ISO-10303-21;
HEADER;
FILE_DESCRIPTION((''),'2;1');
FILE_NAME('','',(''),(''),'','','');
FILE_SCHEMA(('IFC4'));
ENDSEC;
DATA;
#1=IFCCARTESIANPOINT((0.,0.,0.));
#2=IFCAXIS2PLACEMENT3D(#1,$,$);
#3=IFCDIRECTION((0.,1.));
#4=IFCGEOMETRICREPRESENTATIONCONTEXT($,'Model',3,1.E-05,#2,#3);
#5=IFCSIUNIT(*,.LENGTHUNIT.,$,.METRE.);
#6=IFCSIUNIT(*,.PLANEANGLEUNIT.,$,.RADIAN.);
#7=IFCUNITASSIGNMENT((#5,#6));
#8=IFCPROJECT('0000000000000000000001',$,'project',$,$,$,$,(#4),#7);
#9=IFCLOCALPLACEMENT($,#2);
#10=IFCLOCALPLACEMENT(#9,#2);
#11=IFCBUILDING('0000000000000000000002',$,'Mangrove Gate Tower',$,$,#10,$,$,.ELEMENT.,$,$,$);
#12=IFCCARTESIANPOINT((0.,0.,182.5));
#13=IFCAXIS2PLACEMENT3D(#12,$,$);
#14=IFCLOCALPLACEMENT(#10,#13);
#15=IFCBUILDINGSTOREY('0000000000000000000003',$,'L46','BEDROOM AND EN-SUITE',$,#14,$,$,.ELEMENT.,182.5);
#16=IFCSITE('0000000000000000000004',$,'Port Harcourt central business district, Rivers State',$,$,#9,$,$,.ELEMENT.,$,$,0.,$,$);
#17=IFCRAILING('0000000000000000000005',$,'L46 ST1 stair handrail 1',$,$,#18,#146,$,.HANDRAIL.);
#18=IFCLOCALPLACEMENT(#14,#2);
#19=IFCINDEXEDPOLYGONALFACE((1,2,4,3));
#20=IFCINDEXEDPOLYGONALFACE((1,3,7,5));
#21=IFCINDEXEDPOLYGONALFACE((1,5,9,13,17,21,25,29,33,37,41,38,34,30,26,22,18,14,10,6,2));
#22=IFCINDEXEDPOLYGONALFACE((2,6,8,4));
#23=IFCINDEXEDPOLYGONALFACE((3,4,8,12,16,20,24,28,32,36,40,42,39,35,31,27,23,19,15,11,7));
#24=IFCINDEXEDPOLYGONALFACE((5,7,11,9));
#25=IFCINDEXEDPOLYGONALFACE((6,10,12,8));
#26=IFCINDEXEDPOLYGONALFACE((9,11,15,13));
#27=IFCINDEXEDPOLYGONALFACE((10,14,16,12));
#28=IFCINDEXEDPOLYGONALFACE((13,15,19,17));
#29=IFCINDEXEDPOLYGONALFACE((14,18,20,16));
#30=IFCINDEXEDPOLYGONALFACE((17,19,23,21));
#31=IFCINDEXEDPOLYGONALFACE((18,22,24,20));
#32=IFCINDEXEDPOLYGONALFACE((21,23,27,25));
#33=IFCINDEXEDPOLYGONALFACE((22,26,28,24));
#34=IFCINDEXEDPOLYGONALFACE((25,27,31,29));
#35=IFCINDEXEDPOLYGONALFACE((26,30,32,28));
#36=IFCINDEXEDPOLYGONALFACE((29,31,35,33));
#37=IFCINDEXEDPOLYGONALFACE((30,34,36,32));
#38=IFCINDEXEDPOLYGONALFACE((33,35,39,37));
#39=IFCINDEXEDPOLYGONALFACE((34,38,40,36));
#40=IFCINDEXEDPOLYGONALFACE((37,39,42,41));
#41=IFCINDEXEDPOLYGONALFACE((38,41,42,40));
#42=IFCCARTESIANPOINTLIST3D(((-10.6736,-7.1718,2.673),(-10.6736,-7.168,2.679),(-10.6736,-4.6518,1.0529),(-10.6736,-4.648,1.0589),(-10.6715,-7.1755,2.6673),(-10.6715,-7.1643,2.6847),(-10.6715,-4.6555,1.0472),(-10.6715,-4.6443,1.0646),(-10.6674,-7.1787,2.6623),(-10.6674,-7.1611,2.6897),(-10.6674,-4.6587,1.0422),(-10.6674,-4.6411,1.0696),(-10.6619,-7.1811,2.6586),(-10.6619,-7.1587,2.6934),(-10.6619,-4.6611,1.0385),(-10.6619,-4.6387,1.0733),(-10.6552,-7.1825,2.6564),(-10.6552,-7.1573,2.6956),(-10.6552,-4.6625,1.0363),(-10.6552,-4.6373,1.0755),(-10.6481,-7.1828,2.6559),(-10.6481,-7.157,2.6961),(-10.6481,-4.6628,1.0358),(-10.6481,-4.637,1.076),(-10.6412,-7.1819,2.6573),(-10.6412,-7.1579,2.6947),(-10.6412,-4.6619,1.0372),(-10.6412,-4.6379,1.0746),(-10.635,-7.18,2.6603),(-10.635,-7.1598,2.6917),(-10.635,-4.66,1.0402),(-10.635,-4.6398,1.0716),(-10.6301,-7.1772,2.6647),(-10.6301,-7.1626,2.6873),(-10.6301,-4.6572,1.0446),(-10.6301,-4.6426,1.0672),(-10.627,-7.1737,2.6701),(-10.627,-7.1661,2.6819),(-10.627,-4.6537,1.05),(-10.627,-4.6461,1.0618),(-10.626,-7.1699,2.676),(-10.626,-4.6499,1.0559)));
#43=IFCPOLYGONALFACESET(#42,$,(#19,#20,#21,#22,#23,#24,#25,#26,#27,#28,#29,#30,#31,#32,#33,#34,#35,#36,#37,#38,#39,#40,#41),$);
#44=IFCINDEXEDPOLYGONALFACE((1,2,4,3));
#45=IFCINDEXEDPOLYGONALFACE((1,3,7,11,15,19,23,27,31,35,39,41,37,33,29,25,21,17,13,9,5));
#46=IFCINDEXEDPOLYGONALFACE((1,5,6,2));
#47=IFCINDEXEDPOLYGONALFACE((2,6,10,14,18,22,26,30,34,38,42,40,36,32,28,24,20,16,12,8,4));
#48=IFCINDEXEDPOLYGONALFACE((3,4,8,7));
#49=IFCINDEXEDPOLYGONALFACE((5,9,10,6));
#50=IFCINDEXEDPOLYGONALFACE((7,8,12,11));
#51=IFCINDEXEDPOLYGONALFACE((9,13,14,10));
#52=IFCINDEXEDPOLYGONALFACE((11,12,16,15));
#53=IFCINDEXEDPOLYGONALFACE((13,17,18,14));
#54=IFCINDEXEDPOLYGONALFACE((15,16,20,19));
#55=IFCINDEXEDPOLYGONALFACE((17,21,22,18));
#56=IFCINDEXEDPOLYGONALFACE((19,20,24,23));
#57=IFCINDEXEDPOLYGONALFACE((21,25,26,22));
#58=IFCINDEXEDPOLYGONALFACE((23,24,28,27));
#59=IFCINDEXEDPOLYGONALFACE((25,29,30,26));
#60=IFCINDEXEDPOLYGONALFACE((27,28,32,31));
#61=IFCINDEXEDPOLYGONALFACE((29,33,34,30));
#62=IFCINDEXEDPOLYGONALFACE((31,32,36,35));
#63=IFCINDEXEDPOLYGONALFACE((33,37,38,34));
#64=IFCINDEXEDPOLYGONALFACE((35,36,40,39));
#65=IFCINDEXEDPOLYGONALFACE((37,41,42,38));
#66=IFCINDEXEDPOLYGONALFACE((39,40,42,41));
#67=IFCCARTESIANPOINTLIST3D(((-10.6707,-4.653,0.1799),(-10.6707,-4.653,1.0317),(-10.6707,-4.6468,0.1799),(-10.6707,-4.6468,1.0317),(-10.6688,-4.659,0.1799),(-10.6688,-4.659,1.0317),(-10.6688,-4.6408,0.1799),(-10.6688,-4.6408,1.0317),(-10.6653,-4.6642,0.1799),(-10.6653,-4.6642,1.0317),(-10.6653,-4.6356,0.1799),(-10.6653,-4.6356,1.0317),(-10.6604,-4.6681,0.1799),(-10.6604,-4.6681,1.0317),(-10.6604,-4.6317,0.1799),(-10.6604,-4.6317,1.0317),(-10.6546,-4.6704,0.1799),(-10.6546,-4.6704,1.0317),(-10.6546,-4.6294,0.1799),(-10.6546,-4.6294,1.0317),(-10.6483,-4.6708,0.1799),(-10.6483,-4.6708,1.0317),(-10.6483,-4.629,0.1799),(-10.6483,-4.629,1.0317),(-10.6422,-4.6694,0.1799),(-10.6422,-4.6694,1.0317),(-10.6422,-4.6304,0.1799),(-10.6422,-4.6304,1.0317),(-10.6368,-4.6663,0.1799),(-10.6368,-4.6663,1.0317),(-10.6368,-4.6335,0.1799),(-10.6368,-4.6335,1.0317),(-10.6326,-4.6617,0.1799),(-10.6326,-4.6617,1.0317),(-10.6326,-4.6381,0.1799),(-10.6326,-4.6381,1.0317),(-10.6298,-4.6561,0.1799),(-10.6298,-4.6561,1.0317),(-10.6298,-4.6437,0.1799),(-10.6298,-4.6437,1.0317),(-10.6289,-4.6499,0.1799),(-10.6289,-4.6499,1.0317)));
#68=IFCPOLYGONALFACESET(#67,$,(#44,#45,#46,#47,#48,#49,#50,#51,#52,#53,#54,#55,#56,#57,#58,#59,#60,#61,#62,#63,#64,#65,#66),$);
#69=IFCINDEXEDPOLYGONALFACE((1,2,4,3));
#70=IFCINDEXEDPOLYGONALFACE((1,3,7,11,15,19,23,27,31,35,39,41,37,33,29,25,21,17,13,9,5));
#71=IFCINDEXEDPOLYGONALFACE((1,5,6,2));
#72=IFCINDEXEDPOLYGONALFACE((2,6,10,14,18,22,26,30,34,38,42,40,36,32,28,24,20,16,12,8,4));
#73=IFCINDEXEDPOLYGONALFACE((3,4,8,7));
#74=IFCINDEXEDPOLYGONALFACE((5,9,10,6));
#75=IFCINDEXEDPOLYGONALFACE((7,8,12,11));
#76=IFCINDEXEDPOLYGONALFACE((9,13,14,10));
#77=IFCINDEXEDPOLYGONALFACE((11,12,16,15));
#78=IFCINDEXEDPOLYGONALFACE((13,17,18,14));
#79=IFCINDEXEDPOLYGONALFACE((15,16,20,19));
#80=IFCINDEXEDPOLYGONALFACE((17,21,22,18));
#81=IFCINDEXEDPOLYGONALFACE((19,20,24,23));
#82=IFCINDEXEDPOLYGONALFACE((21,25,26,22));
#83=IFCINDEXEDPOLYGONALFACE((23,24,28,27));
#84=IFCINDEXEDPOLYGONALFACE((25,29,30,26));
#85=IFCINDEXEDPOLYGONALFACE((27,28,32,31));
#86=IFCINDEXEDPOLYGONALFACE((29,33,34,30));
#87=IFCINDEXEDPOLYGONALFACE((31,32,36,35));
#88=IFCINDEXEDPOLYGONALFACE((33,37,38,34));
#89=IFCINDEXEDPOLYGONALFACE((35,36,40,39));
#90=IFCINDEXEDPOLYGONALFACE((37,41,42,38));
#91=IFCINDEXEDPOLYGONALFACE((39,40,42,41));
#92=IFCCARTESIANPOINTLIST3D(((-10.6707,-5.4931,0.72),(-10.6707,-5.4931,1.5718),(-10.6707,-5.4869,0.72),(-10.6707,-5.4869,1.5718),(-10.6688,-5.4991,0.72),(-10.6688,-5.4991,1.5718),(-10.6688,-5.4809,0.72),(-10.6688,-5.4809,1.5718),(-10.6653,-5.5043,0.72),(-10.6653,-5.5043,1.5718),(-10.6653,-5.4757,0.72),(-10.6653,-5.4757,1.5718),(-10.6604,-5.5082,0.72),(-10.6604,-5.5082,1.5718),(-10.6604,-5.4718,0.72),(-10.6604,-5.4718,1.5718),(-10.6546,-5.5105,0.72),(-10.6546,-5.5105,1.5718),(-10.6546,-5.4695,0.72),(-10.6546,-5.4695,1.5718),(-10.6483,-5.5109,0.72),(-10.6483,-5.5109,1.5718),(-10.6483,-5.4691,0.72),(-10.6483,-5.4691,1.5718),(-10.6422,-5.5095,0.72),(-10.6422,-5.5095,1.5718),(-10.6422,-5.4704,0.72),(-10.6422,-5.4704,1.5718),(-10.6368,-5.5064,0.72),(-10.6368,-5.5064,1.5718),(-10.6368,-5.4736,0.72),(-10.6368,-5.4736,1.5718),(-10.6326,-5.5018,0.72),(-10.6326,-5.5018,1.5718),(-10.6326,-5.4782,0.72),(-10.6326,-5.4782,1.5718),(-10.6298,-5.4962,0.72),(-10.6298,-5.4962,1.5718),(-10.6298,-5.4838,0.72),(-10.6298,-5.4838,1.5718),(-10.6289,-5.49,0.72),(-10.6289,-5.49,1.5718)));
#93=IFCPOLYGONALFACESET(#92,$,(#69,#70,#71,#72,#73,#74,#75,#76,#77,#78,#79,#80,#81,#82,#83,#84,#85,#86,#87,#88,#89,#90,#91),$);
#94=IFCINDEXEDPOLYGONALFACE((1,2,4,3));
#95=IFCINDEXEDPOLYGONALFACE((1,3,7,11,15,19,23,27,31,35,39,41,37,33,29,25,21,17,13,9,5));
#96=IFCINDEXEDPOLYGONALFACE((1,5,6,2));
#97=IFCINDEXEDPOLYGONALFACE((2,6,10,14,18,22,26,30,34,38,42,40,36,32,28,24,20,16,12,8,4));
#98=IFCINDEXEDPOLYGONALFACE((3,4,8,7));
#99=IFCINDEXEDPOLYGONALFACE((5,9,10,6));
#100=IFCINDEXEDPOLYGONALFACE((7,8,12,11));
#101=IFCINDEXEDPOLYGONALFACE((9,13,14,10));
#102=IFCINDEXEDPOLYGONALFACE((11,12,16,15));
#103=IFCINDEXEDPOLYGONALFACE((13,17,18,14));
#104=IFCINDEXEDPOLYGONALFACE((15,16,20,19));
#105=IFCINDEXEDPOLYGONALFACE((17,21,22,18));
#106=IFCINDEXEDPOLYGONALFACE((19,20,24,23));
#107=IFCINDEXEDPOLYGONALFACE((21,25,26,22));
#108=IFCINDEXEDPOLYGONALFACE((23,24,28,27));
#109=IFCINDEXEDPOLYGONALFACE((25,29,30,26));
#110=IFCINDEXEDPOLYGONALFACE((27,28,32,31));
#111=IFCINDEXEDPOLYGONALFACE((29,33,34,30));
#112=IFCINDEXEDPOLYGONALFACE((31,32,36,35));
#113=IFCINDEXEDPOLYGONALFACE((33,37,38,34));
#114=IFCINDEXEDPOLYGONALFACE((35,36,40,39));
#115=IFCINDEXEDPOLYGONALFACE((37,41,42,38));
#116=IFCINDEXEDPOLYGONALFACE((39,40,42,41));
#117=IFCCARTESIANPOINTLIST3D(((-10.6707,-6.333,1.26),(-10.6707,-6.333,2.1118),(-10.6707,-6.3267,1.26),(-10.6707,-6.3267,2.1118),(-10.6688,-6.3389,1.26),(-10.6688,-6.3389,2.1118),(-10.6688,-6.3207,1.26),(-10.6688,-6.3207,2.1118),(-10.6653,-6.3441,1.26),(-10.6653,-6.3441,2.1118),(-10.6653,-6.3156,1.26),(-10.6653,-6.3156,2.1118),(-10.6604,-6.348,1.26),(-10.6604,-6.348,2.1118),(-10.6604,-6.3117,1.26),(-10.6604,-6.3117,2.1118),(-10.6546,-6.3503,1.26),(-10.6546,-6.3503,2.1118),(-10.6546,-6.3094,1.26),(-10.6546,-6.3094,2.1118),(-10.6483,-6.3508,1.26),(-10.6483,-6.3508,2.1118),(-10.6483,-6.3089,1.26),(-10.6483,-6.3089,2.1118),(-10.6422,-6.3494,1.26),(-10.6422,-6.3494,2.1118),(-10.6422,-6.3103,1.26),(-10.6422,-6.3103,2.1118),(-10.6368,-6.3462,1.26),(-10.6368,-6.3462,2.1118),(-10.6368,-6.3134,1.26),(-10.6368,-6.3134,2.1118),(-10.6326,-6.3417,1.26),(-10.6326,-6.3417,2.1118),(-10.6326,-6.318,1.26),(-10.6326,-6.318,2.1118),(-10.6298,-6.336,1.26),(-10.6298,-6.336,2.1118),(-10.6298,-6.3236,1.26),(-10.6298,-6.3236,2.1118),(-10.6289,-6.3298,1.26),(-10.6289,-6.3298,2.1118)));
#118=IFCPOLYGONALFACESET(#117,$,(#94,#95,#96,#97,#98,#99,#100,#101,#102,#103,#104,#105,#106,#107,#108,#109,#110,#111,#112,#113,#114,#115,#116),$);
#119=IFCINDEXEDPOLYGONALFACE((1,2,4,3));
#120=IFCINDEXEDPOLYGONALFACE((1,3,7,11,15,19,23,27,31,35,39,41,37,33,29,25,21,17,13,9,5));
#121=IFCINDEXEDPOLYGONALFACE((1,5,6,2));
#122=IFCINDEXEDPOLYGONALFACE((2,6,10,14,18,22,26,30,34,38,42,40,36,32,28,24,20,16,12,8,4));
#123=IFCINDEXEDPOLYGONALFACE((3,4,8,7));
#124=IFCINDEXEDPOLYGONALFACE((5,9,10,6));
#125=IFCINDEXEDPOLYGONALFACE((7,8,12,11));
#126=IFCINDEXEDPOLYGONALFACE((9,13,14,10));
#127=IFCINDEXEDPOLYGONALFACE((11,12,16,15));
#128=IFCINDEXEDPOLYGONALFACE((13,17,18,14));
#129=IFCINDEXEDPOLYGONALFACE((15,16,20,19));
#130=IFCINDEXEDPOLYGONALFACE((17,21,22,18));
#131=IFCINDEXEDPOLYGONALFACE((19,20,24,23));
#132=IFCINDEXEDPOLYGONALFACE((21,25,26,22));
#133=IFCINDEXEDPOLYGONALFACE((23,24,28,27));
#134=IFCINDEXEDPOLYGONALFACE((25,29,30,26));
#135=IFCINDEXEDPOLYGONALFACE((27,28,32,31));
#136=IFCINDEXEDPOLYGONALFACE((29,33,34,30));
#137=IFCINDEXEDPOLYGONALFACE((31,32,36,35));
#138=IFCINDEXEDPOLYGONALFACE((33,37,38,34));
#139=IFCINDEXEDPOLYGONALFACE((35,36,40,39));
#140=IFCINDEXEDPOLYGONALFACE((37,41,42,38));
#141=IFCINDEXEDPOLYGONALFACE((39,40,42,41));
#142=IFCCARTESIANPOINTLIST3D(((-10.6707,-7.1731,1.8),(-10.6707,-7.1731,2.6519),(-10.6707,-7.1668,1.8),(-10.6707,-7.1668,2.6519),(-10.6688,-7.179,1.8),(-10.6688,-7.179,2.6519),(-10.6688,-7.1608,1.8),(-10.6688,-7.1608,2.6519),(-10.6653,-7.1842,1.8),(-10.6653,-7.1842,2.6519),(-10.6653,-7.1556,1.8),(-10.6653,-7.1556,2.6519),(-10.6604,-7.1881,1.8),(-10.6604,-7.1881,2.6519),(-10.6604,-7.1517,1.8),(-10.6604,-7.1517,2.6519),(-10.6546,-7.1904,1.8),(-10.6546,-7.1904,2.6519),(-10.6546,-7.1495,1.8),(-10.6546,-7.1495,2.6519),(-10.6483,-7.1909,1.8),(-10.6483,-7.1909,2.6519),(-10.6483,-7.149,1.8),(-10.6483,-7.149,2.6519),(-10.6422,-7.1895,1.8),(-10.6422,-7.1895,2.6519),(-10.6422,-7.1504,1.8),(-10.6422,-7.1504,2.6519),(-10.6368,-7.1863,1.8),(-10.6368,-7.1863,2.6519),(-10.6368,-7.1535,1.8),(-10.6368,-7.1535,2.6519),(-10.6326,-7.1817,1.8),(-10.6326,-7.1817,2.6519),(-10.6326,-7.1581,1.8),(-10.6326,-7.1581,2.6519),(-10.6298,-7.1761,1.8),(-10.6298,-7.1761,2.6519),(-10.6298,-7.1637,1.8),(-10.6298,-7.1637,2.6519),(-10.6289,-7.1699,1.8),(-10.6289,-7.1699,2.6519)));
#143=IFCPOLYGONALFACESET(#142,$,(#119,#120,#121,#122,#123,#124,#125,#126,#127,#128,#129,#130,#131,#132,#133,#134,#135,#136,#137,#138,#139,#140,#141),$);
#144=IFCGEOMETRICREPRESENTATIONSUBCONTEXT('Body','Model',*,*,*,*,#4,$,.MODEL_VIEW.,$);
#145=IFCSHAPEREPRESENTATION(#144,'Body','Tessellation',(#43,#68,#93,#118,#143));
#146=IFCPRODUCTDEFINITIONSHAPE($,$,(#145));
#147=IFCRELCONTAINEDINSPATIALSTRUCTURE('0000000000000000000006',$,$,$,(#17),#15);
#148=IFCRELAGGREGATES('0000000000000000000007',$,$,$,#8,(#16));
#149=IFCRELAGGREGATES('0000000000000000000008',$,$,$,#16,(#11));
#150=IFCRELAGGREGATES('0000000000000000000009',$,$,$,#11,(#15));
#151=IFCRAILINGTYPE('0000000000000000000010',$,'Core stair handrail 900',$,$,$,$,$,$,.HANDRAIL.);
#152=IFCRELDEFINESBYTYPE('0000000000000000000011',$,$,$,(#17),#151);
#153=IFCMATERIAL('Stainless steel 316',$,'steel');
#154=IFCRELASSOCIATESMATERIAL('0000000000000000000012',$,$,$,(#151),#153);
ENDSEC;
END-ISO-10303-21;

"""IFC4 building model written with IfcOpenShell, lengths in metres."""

from ifc_helpers import new_model, si_unit, direction, frame, origin, origin_2d, place, context, subcontext, project, spatial, circle, extrude, material, type_object, element, save


model = new_model("IFC4")

# Units and contexts
model_context = context("Model", 3, precision=1e-05, world=origin(), true_north=direction((0.0, 1.0)))
body_context = subcontext(model_context, "Body", "Model", "MODEL_VIEW")
ifc_project = project(units=[si_unit("LENGTHUNIT", "METRE"), si_unit("PLANEANGLEUNIT", "RADIAN")], contexts=[model_context])

# Site, building, storey
site_placement = place(None, origin())
site = spatial("IfcSite", under=ifc_project, at=site_placement, Name="Port Harcourt central business district, Rivers State", CompositionType="ELEMENT", RefElevation=0.0)
building_placement = place(site_placement, origin())
building = spatial("IfcBuilding", under=site, at=building_placement, Name="Mangrove Gate Tower", CompositionType="ELEMENT")
storey_placement = place(building_placement, frame((0.0, 0.0, 182.5)))
storey = spatial("IfcBuildingStorey", under=building, at=storey_placement, Name="L46", Description="BEDROOM AND EN-SUITE", CompositionType="ELEMENT", Elevation=182.5)

# Railing
ifc_material_1 = material(Name="Stainless steel 316", Category="steel")
railing_type_1 = type_object("IfcRailingType", Name="Core stair handrail 900", PredefinedType="HANDRAIL", material=ifc_material_1)
railing_1_placement = place(storey_placement, frame((-10.6499, -4.6499, 0.1799)))
element("IfcRailing", 1, at=railing_1_placement, inside=storey, type_object=railing_type_1, Name="L46 ST1 stair handrail 1", PredefinedType="HANDRAIL", context=body_context, shape_type="SweptSolid", body=[
    extrude(circle(Radius=0.0239, at=origin_2d()), frame((0.0, 0.0, 0.876), z_axis=(0.0, -0.841163, 0.540782), x_axis=(1.0, 0.0, 0.0)), (0.0, 0.0, 1.0), 2.9958),
    extrude(circle(Radius=0.021, at=origin_2d()), origin(), (0.0, 0.0, 1.0), 0.8518),
    extrude(circle(Radius=0.021, at=origin_2d()), frame((0.0, -0.8401, 0.54)), (0.0, 0.0, 1.0), 0.8518),
    extrude(circle(Radius=0.021, at=origin_2d()), frame((0.0, -1.6799, 1.0801)), (0.0, 0.0, 1.0), 0.8518),
    extrude(circle(Radius=0.021, at=origin_2d()), frame((0.0, -2.52, 1.6201)), (0.0, 0.0, 1.0), 0.8518),
])

save(model, "model.ifc")
